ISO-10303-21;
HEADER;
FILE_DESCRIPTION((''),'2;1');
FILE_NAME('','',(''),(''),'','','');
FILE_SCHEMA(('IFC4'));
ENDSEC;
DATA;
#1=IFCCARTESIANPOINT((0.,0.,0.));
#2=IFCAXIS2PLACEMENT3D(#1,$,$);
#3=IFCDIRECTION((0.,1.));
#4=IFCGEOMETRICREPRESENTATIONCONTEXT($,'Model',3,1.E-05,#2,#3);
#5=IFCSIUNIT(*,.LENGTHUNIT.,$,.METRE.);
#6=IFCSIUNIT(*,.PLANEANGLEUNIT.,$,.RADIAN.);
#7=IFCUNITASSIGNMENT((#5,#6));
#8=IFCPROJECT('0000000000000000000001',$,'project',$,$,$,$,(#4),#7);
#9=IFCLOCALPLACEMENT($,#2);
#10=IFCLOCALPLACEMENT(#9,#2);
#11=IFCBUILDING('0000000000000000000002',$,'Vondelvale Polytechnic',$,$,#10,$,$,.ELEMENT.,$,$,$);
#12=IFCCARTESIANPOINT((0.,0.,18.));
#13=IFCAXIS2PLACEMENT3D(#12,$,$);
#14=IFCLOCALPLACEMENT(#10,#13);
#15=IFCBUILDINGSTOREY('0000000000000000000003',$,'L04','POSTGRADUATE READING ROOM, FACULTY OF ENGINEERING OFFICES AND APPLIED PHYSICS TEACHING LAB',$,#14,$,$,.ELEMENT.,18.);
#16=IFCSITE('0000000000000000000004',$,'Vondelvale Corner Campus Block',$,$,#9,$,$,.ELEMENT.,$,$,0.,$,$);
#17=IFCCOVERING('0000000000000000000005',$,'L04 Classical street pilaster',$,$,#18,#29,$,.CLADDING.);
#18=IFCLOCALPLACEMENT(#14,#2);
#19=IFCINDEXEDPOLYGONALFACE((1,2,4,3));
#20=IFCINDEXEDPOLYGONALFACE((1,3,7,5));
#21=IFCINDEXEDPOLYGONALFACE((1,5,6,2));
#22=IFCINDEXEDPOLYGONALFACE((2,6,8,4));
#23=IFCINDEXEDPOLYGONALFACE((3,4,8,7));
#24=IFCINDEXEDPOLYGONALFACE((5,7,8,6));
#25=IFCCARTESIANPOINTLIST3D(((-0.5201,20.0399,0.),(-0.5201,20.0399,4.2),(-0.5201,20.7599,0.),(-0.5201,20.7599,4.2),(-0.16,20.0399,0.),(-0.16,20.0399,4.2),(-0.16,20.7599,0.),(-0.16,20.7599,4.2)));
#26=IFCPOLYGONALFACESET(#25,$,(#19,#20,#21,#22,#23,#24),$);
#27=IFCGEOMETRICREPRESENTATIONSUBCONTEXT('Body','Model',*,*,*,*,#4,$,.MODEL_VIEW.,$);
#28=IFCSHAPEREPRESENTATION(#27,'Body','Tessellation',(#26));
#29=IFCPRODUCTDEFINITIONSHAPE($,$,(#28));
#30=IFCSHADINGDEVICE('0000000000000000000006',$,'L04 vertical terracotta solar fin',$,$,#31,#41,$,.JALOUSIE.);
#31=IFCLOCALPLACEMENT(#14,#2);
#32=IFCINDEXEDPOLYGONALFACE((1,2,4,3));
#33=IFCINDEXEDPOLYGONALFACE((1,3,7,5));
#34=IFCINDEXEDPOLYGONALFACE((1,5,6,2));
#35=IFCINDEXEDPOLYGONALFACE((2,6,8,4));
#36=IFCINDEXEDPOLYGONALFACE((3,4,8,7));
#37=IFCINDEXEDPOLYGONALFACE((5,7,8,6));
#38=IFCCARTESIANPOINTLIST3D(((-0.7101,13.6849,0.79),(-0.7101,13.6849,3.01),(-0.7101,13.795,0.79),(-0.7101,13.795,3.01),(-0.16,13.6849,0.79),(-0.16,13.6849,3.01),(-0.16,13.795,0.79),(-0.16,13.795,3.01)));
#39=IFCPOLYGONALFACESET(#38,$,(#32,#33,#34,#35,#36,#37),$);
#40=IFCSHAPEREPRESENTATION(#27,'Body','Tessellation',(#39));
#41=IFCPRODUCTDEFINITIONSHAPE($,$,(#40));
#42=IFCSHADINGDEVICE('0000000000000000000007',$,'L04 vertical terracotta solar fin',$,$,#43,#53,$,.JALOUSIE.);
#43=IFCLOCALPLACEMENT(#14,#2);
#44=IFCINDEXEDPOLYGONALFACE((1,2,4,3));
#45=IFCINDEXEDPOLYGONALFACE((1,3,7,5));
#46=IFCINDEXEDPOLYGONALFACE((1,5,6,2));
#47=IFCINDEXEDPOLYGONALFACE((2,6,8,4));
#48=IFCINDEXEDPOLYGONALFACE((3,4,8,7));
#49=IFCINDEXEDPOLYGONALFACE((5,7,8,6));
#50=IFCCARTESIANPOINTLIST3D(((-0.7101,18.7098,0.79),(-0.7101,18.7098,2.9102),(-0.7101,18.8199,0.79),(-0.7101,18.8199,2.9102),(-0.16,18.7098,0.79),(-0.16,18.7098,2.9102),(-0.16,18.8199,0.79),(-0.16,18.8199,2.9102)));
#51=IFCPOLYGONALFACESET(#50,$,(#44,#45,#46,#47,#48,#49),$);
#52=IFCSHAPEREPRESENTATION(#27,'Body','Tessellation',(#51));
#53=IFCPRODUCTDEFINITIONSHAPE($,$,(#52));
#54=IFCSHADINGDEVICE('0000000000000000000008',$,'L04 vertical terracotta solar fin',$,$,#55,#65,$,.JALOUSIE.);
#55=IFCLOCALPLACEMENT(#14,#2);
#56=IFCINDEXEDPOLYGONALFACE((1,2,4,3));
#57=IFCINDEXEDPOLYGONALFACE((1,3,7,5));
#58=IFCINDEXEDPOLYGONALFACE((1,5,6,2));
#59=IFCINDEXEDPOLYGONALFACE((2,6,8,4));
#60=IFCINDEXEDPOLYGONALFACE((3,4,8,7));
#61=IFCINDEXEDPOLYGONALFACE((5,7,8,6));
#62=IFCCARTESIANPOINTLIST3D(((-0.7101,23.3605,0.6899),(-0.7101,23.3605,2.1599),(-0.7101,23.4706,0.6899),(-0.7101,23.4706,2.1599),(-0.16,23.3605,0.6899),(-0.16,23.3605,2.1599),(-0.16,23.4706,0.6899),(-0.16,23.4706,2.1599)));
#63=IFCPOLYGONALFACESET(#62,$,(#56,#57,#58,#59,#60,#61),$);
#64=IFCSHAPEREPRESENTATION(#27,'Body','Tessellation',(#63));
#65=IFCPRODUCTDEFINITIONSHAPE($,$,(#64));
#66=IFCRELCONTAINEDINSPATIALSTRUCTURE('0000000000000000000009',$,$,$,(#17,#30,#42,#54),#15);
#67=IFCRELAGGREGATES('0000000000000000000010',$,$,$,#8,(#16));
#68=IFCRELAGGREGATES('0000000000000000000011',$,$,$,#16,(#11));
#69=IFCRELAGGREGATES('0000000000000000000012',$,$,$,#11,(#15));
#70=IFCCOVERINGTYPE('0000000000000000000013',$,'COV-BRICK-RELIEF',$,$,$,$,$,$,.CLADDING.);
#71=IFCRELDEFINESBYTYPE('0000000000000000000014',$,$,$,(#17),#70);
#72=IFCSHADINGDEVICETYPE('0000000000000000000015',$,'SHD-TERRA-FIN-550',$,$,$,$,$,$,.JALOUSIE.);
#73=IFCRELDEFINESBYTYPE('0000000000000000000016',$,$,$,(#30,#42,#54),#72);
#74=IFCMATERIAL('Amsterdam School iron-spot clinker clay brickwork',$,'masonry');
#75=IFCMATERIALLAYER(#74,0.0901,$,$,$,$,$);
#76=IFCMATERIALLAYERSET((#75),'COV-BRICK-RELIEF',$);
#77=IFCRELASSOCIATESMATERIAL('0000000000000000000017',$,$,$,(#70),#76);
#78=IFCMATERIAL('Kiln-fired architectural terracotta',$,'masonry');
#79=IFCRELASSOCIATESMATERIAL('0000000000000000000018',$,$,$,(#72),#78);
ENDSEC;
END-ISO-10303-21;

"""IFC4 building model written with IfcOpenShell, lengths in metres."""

from ifc_helpers import new_model, si_unit, direction, frame, origin, origin_2d, place, context, subcontext, project, spatial, rectangle, extrude, material, layer, layer_set, type_object, element, save


model = new_model("IFC4")

# Units and contexts
model_context = context("Model", 3, precision=1e-05, world=origin(), true_north=direction((0.0, 1.0)))
body_context = subcontext(model_context, "Body", "Model", "MODEL_VIEW")
ifc_project = project(units=[si_unit("LENGTHUNIT", "METRE"), si_unit("PLANEANGLEUNIT", "RADIAN")], contexts=[model_context])

# Site, building, storey
site_placement = place(None, origin())
site = spatial("IfcSite", under=ifc_project, at=site_placement, Name="Vondelvale Corner Campus Block", CompositionType="ELEMENT", RefElevation=0.0)
building_placement = place(site_placement, origin())
building = spatial("IfcBuilding", under=site, at=building_placement, Name="Vondelvale Polytechnic", CompositionType="ELEMENT")
storey_placement = place(building_placement, frame((0.0, 0.0, 18.0)))
storey = spatial("IfcBuildingStorey", under=building, at=storey_placement, Name="L04", Description="POSTGRADUATE READING ROOM, FACULTY OF ENGINEERING OFFICES AND APPLIED PHYSICS TEACHING LAB", CompositionType="ELEMENT", Elevation=18.0)

# Shared definitions
ifc_material_1 = material(Name="Amsterdam School iron-spot clinker clay brickwork", Category="masonry")

# Covering
ifc_layer_1 = layer(ifc_material_1, 0.0901)
ifc_layer_set_1 = layer_set([ifc_layer_1], Name="COV-BRICK-RELIEF")
covering_type = type_object("IfcCoveringType", Name="COV-BRICK-RELIEF", PredefinedType="CLADDING", material=ifc_layer_set_1)
for number, where, z_axis, x_axis, name in (
    (1, (-0.3401, 20.3999, 0.0), (0.0, 0.0, 1.0), (1.0, 0.0, 0.0), "L04 Classical street pilaster"),
):
    element("IfcCovering", number, at=place(storey_placement, frame(where, z_axis=z_axis, x_axis=x_axis)), inside=storey, type_object=covering_type, Name=name, PredefinedType="CLADDING", context=body_context, shape_type="SweptSolid", body=[
        extrude(rectangle(XDim=0.3601, YDim=0.72, at=origin_2d()), origin(), (0.0, 0.0, 1.0), 4.2),
    ])

# Shading devices
ifc_material_2 = material(Name="Kiln-fired architectural terracotta", Category="masonry")
shading_device_type = type_object("IfcShadingDeviceType", Name="SHD-TERRA-FIN-550", PredefinedType="JALOUSIE", material=ifc_material_2)
shading_device_1_placement = place(storey_placement, frame((-0.4351, 13.74, 0.79), z_axis=(0.0, 0.0, 1.0), x_axis=(0.0, 1.0, 0.0)))
element("IfcShadingDevice", 2, at=shading_device_1_placement, inside=storey, type_object=shading_device_type, Name="L04 vertical terracotta solar fin", PredefinedType="JALOUSIE", context=body_context, shape_type="SweptSolid", body=[
    extrude(rectangle(XDim=0.1101, YDim=0.55, at=origin_2d()), origin(), (0.0, 0.0, 1.0), 2.22),
])
shading_device_2_placement = place(storey_placement, frame((-0.4351, 18.7649, 0.79), z_axis=(0.0, 0.0, 1.0), x_axis=(0.0, 1.0, 0.0)))
element("IfcShadingDevice", 3, at=shading_device_2_placement, inside=storey, type_object=shading_device_type, Name="L04 vertical terracotta solar fin", PredefinedType="JALOUSIE", context=body_context, shape_type="SweptSolid", body=[
    extrude(rectangle(XDim=0.1101, YDim=0.55, at=origin_2d()), origin(), (0.0, 0.0, 1.0), 2.1201),
])
shading_device_3_placement = place(storey_placement, frame((-0.4351, 23.4155, 0.6899), z_axis=(0.0, 0.0, 1.0), x_axis=(0.0, 1.0, 0.0)))
element("IfcShadingDevice", 4, at=shading_device_3_placement, inside=storey, type_object=shading_device_type, Name="L04 vertical terracotta solar fin", PredefinedType="JALOUSIE", context=body_context, shape_type="SweptSolid", body=[
    extrude(rectangle(XDim=0.1101, YDim=0.55, at=origin_2d()), origin(), (0.0, 0.0, 1.0), 1.47),
])

save(model, "model.ifc")
